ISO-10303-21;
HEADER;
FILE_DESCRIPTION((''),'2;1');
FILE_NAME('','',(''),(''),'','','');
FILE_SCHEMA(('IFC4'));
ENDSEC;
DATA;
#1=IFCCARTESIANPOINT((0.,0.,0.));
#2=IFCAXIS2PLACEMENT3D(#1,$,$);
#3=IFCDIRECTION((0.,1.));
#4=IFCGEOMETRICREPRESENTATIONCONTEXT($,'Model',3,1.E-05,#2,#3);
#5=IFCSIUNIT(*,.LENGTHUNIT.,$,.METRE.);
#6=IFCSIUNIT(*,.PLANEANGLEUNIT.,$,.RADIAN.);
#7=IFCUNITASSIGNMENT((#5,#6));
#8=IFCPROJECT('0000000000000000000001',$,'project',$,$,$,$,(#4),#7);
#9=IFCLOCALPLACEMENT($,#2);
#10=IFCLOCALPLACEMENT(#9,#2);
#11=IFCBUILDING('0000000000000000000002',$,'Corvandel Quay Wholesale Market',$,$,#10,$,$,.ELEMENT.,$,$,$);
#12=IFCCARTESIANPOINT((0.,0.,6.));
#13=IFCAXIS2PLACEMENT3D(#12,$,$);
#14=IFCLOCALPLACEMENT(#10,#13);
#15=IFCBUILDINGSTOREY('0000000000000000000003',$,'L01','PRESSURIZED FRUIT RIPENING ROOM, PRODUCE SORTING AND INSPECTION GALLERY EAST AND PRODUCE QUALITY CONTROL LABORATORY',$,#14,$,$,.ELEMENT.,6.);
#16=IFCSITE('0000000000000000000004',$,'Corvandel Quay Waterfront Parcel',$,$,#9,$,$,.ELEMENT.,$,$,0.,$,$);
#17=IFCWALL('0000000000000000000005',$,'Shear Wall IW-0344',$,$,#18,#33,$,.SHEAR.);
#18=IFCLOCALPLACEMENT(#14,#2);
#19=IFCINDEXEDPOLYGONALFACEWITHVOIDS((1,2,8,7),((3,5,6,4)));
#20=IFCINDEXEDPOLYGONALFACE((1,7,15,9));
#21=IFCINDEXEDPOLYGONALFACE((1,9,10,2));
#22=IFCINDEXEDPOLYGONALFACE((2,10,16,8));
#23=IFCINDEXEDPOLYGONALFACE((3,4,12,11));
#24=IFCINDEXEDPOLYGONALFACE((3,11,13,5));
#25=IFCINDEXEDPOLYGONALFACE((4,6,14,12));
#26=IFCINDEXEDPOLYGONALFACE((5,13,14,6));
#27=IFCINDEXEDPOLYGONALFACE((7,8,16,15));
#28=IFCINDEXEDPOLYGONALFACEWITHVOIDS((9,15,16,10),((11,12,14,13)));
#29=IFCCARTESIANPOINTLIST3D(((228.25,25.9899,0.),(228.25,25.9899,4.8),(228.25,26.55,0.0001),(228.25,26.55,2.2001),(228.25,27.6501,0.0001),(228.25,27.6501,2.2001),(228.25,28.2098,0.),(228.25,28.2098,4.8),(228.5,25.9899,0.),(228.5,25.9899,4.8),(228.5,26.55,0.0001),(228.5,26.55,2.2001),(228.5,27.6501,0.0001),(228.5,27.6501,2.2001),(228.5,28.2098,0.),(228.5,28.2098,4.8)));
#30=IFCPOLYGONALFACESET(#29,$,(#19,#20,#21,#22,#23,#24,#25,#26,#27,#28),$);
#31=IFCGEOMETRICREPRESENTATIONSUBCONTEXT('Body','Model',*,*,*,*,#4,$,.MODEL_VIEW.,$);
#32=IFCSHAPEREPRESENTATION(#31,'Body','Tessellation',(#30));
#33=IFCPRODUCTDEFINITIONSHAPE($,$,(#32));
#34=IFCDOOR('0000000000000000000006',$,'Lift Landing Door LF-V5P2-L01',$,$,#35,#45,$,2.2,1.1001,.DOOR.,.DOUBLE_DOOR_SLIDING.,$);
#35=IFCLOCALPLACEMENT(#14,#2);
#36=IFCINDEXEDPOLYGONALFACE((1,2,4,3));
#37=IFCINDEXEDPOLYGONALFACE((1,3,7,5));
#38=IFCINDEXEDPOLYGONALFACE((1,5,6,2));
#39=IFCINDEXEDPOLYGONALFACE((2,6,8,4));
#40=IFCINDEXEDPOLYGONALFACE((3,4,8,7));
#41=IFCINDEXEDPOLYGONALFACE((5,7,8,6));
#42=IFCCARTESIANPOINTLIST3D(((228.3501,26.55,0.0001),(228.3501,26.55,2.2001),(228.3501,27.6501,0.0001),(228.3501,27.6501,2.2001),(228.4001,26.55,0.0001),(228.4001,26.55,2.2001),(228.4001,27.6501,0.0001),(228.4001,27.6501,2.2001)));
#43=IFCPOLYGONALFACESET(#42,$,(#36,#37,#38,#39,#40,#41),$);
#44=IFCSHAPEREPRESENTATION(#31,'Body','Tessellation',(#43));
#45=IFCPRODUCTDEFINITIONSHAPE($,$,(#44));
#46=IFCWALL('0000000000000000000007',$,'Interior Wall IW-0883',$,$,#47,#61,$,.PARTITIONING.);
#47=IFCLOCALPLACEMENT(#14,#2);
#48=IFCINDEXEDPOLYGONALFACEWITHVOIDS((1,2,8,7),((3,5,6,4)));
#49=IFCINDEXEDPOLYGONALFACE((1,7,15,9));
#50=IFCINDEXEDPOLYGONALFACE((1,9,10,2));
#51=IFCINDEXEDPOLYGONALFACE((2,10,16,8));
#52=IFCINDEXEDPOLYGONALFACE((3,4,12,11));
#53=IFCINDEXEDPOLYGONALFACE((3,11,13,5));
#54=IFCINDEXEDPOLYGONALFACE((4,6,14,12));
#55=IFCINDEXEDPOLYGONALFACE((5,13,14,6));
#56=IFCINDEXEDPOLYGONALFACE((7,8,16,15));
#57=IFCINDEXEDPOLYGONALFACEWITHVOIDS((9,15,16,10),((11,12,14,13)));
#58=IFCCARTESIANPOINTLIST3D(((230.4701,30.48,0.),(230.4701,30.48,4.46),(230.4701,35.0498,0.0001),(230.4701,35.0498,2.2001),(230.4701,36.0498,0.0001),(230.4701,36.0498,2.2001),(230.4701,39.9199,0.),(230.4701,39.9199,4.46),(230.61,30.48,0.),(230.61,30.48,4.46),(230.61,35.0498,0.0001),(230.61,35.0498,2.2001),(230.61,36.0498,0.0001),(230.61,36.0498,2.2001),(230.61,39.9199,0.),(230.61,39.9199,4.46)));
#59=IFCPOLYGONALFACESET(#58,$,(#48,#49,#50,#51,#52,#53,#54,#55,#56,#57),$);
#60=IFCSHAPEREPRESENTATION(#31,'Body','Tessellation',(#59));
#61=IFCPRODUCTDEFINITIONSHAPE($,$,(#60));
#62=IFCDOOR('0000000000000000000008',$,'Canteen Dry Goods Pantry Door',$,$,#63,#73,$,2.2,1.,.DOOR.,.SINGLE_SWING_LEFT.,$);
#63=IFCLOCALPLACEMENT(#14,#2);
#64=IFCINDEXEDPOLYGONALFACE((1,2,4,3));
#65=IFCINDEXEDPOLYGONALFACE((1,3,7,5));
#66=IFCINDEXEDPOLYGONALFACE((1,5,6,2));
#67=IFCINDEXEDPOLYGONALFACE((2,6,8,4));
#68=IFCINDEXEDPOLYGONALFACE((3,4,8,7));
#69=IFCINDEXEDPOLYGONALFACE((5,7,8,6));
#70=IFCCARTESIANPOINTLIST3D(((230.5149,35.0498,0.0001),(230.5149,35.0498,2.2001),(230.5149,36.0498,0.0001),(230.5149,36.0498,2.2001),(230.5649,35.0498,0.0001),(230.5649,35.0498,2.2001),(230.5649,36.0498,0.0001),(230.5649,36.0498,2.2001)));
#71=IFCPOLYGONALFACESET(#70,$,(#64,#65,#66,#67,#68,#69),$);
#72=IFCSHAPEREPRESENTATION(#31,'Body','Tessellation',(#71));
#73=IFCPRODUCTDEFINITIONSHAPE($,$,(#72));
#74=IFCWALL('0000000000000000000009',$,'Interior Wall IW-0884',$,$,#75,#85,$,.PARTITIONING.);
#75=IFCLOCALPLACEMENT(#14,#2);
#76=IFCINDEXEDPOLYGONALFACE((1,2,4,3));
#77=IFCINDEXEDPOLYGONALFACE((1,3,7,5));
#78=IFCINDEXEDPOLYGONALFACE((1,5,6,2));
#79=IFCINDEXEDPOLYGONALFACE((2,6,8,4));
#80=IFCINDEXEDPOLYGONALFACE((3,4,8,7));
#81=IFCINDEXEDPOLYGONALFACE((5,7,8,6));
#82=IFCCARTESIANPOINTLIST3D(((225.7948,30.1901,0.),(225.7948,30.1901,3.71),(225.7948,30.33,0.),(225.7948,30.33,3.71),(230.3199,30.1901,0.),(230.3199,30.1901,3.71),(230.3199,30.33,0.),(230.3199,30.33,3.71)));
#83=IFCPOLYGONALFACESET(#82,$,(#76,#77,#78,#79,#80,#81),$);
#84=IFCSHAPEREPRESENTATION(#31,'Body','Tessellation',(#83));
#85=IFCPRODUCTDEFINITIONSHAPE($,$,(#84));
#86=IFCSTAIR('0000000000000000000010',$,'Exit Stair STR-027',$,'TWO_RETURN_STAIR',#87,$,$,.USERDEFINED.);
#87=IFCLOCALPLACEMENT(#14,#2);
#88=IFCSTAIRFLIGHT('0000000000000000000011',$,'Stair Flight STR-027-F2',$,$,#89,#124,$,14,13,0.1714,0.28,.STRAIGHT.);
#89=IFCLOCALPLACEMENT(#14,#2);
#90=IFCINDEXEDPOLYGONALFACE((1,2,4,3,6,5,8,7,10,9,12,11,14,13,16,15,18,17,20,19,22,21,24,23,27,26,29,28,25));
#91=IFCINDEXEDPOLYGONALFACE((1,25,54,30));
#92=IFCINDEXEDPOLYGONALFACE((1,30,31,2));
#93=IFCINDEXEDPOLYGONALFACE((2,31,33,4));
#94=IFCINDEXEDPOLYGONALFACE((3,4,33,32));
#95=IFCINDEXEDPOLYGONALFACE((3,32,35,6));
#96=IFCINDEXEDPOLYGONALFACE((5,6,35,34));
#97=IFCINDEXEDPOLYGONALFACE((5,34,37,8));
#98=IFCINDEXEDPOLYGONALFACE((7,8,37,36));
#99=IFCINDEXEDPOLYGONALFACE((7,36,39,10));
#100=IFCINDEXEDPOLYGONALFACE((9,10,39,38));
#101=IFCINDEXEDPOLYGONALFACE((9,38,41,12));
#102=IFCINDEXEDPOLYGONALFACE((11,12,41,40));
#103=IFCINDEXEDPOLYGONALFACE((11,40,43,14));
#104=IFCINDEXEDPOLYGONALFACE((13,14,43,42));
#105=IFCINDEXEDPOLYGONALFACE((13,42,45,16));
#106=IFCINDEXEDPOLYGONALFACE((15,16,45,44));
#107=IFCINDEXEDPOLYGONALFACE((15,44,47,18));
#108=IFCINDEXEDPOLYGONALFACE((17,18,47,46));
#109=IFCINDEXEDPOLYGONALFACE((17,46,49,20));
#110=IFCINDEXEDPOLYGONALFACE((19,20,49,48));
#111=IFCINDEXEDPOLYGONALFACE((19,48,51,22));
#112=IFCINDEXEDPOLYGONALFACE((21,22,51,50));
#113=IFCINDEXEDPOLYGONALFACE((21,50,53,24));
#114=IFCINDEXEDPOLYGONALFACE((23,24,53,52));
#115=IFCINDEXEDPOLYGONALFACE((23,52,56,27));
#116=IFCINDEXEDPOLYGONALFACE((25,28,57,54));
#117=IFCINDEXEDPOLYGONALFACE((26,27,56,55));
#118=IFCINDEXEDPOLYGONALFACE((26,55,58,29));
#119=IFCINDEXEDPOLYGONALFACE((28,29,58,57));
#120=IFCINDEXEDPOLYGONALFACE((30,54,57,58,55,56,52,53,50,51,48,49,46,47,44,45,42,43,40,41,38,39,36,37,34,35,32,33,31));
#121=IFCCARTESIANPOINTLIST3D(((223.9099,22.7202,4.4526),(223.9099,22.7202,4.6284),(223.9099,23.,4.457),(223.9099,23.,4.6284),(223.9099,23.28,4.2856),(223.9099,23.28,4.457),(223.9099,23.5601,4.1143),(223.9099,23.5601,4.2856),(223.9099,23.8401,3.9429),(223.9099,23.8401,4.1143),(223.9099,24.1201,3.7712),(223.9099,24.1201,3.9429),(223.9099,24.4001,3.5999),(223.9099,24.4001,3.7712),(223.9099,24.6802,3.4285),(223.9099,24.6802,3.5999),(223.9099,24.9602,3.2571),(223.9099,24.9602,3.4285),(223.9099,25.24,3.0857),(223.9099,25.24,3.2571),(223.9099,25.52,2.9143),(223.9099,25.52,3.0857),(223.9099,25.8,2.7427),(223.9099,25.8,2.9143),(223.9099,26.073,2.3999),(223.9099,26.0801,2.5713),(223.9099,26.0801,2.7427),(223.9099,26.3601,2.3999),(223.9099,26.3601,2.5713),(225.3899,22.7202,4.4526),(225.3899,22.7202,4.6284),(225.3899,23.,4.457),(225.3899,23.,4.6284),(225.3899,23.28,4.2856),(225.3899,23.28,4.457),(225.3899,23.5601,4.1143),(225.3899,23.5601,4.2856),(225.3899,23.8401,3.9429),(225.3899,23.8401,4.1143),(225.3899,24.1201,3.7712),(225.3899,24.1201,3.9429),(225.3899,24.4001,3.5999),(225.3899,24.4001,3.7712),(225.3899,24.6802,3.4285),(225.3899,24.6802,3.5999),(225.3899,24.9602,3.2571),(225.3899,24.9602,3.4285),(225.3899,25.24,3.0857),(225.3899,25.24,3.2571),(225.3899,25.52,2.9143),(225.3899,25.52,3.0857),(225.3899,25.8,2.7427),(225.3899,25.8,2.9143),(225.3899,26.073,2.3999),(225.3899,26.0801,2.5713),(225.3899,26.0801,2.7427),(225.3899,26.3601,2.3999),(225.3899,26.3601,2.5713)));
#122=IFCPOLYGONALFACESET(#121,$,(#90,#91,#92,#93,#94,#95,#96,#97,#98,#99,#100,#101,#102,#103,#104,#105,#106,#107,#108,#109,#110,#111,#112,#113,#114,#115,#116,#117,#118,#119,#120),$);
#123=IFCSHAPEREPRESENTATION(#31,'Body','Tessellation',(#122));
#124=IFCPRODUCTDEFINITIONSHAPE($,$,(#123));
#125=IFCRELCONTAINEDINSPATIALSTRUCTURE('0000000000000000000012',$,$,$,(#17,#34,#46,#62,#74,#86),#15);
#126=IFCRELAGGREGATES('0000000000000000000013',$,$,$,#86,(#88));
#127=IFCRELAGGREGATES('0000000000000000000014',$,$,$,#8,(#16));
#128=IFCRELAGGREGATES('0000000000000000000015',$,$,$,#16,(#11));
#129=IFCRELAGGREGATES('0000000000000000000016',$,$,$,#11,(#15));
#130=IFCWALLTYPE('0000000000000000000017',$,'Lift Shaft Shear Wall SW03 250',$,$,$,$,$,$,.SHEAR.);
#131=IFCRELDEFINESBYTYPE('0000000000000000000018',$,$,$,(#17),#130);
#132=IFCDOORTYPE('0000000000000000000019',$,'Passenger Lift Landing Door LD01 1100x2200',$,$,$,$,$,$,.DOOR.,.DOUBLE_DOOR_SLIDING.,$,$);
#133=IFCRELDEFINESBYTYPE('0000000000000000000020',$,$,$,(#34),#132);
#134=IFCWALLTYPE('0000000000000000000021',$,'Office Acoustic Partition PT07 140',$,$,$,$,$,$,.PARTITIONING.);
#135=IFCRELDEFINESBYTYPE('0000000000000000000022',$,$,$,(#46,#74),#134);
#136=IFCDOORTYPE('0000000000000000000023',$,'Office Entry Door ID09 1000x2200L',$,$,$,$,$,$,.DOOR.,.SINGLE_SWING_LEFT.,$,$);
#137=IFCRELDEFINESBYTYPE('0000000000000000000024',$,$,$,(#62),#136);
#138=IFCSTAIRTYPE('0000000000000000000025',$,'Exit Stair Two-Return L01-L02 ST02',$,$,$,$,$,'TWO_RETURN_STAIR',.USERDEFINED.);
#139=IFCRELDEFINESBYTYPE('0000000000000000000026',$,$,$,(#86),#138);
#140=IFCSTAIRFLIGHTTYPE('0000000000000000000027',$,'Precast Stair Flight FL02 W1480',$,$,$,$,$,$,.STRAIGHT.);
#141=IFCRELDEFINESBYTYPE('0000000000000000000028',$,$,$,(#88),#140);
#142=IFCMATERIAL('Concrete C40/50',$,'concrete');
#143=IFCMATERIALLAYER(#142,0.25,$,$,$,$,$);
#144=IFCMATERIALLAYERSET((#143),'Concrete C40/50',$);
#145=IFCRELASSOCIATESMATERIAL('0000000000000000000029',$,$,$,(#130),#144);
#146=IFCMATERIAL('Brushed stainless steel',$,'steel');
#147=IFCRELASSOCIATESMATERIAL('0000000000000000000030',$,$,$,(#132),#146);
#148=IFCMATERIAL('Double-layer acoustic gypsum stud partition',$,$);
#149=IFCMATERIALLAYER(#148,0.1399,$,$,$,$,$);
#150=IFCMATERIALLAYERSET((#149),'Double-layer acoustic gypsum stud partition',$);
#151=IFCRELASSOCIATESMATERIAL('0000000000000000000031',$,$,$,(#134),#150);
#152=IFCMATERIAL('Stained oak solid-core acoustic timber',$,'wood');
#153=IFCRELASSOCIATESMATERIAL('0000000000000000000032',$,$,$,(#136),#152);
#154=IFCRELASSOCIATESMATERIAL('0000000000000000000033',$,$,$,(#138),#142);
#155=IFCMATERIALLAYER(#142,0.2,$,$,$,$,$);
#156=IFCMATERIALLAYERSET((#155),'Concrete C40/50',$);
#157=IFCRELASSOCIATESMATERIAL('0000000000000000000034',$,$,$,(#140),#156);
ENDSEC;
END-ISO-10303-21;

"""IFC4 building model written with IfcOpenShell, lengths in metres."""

from ifc_helpers import new_model, si_unit, direction, frame, frame_2d, origin, place, context, subcontext, project, spatial, polyline, rectangle, outline, extrude, material, layer, layer_set, type_object, element, fill, aggregate, save


model = new_model("IFC4")

# Units and contexts
model_context = context("Model", 3, precision=1e-05, world=origin(), true_north=direction((0.0, 1.0)))
body_context = subcontext(model_context, "Body", "Model", "MODEL_VIEW")
ifc_project = project(units=[si_unit("LENGTHUNIT", "METRE"), si_unit("PLANEANGLEUNIT", "RADIAN")], contexts=[model_context])

# Site, building, storey
site_placement = place(None, origin())
site = spatial("IfcSite", under=ifc_project, at=site_placement, Name="Corvandel Quay Waterfront Parcel", CompositionType="ELEMENT", RefElevation=0.0)
building_placement = place(site_placement, origin())
building = spatial("IfcBuilding", under=site, at=building_placement, Name="Corvandel Quay Wholesale Market", CompositionType="ELEMENT")
storey_placement = place(building_placement, frame((0.0, 0.0, 6.0)))
storey = spatial("IfcBuildingStorey", under=building, at=storey_placement, Name="L01", Description="PRESSURIZED FRUIT RIPENING ROOM, PRODUCE SORTING AND INSPECTION GALLERY EAST AND PRODUCE QUALITY CONTROL LABORATORY", CompositionType="ELEMENT", Elevation=6.0)

# Shared definitions
ifc_material_1 = material(Name="Concrete C40/50", Category="concrete")
ifc_layer_1 = layer(ifc_material_1, 0.25)
ifc_layer_set_1 = layer_set([ifc_layer_1], Name="Concrete C40/50")
wall_type_1 = type_object("IfcWallType", Name="Lift Shaft Shear Wall SW03 250", PredefinedType="SHEAR", material=ifc_layer_set_1)

# Walls, openings, doors
wall_1_placement = place(storey_placement, frame((228.375, 25.99, 0.0), z_axis=(0.0, 0.0, 1.0), x_axis=(0.0, 1.0, 0.0)))
wall_1 = element("IfcWall", 1, at=wall_1_placement, inside=storey, type_object=wall_type_1, Name="Shear Wall IW-0344", PredefinedType="SHEAR", context=body_context, shape_type="SweptSolid", body=[
    extrude(rectangle(XDim=2.22, YDim=0.25, at=frame_2d((1.1099, 0.0))), origin(), (0.0, 0.0, 1.0), 4.8),
])
opening_1_placement = place(wall_1_placement, frame((0.5601, 0.0, 0.0)))
opening_1 = element("IfcOpeningElement", 2, at=opening_1_placement, cuts=wall_1, PredefinedType="OPENING", context=body_context, shape_type="SweptSolid", body=[
    extrude(rectangle(XDim=1.1001, YDim=2.2, at=frame_2d((0.55, 1.1001))), frame((0.0, 0.135, 0.0), z_axis=(0.0, -1.0, 0.0), x_axis=(1.0, 0.0, 0.0)), (0.0, 0.0, 1.0), 0.27),
])
ifc_material_2 = material(Name="Brushed stainless steel", Category="steel")
door_type_1 = type_object("IfcDoorType", Name="Passenger Lift Landing Door LD01 1100x2200", OperationType="DOUBLE_DOOR_SLIDING", PredefinedType="DOOR", material=ifc_material_2)
door_1_placement = place(opening_1_placement, origin())
door_1 = element("IfcDoor", 3, at=door_1_placement, inside=storey, type_object=door_type_1, Name="Lift Landing Door LF-V5P2-L01", OperationType="DOUBLE_DOOR_SLIDING", OverallHeight=2.2, OverallWidth=1.1001, PredefinedType="DOOR", context=body_context, shape_type="SweptSolid", body=[
    extrude(rectangle(XDim=1.1001, YDim=2.2, at=frame_2d((0.55, 1.1001))), frame((0.0, 0.0249, 0.0), z_axis=(0.0, -1.0, 0.0), x_axis=(1.0, 0.0, 0.0)), (0.0, 0.0, 1.0), 0.05),
])
fill(opening_1, door_1)
ifc_material_3 = material(Name="Double-layer acoustic gypsum stud partition")
ifc_layer_2 = layer(ifc_material_3, 0.1399)
ifc_layer_set_2 = layer_set([ifc_layer_2], Name="Double-layer acoustic gypsum stud partition")
wall_type_2 = type_object("IfcWallType", Name="Office Acoustic Partition PT07 140", PredefinedType="PARTITIONING", material=ifc_layer_set_2)
wall_2_placement = place(storey_placement, frame((230.54, 39.9199, 0.0), z_axis=(0.0, 0.0, 1.0), x_axis=(0.0, -1.0, 0.0)))
wall_2 = element("IfcWall", 4, at=wall_2_placement, inside=storey, type_object=wall_type_2, Name="Interior Wall IW-0883", PredefinedType="PARTITIONING", context=body_context, shape_type="SweptSolid", body=[
    extrude(rectangle(XDim=9.4399, YDim=0.1399, at=frame_2d((4.72, 0.0))), origin(), (0.0, 0.0, 1.0), 4.46),
])
opening_2_placement = place(wall_2_placement, frame((3.8701, 0.0, 0.0)))
opening_2 = element("IfcOpeningElement", 5, at=opening_2_placement, cuts=wall_2, PredefinedType="OPENING", context=body_context, shape_type="SweptSolid", body=[
    extrude(rectangle(XDim=1.0, YDim=2.2, at=frame_2d((0.5, 1.1001))), frame((0.0, 0.0798, 0.0), z_axis=(0.0, -1.0, 0.0), x_axis=(1.0, 0.0, 0.0)), (0.0, 0.0, 1.0), 0.1599),
])
ifc_material_4 = material(Name="Stained oak solid-core acoustic timber", Category="wood")
door_type_2 = type_object("IfcDoorType", Name="Office Entry Door ID09 1000x2200L", OperationType="SINGLE_SWING_LEFT", PredefinedType="DOOR", material=ifc_material_4)
door_2_placement = place(opening_2_placement, origin())
door_2 = element("IfcDoor", 6, at=door_2_placement, inside=storey, type_object=door_type_2, Name="Canteen Dry Goods Pantry Door", OperationType="SINGLE_SWING_LEFT", OverallHeight=2.2, OverallWidth=1.0, PredefinedType="DOOR", context=body_context, shape_type="SweptSolid", body=[
    extrude(rectangle(XDim=1.0, YDim=2.2, at=frame_2d((0.5, 1.1001))), frame((0.0, 0.0249, 0.0), z_axis=(0.0, -1.0, 0.0), x_axis=(1.0, 0.0, 0.0)), (0.0, 0.0, 1.0), 0.05),
])
fill(opening_2, door_2)

# Wall
wall_3_placement = place(storey_placement, frame((230.3201, 30.26, 0.0), z_axis=(0.0, 0.0, 1.0), x_axis=(-1.0, 0.0, 0.0)))
element("IfcWall", 7, at=wall_3_placement, inside=storey, type_object=wall_type_2, Name="Interior Wall IW-0884", PredefinedType="PARTITIONING", context=body_context, shape_type="SweptSolid", body=[
    extrude(rectangle(XDim=4.5251, YDim=0.1399, at=frame_2d((2.2627, 0.0))), origin(), (0.0, 0.0, 1.0), 3.71),
])

# Stair, stair flight
stair_type = type_object("IfcStairType", Name="Exit Stair Two-Return L01-L02 ST02", ElementType="TWO_RETURN_STAIR", PredefinedType="USERDEFINED", material=ifc_material_1)
stair_placement = place(storey_placement, origin())
stair = element("IfcStair", 8, at=stair_placement, inside=storey, type_object=stair_type, Name="Exit Stair STR-027", ObjectType="TWO_RETURN_STAIR", PredefinedType="USERDEFINED")
ifc_layer_3 = layer(ifc_material_1, 0.2)
ifc_layer_set_3 = layer_set([ifc_layer_3], Name="Concrete C40/50")
stair_flight_type = type_object("IfcStairFlightType", Name="Precast Stair Flight FL02 W1480", PredefinedType="STRAIGHT", material=ifc_layer_set_3)
stair_flight_placement = place(storey_placement, frame((224.6499, 26.3601, 2.3999), z_axis=(0.0, 0.0, 1.0), x_axis=(0.0, -1.0, 0.0)))
stair_flight = element("IfcStairFlight", 9, at=stair_flight_placement, type_object=stair_flight_type, Name="Stair Flight STR-027-F2", NumberOfRisers=14, NumberOfTreads=13, PredefinedType="STRAIGHT", RiserHeight=0.1714, TreadLength=0.28, context=body_context, shape_type="SweptSolid", body=[
    extrude(outline(polyline([(0.0, 0.0), (0.0, 0.1714), (0.28, 0.1714), (0.28, 0.3428), (0.5601, 0.3428), (0.5601, 0.5144), (0.8401, 0.5144), (0.8401, 0.6858), (1.1201, 0.6858), (1.1201, 0.8572), (1.3999, 0.8572), (1.3999, 1.0286), (1.6799, 1.0286), (1.6799, 1.2), (1.96, 1.2), (1.96, 1.3713), (2.24, 1.3713), (2.24, 1.543), (2.52, 1.543), (2.52, 1.7144), (2.8, 1.7144), (2.8, 1.8857), (3.0801, 1.8857), (3.0801, 2.0571), (3.3601, 2.0571), (3.3601, 2.2285), (3.6399, 2.2285), (3.6399, 2.3999), (3.6399, 2.0527), (0.2871, 0.0), (0.0, 0.0)])), frame((0.0, 0.74, 0.0), z_axis=(0.0, -1.0, 0.0), x_axis=(1.0, 0.0, 0.0)), (0.0, 0.0, 1.0), 1.48),
])
aggregate(stair, [stair_flight])

save(model, "model.ifc")
